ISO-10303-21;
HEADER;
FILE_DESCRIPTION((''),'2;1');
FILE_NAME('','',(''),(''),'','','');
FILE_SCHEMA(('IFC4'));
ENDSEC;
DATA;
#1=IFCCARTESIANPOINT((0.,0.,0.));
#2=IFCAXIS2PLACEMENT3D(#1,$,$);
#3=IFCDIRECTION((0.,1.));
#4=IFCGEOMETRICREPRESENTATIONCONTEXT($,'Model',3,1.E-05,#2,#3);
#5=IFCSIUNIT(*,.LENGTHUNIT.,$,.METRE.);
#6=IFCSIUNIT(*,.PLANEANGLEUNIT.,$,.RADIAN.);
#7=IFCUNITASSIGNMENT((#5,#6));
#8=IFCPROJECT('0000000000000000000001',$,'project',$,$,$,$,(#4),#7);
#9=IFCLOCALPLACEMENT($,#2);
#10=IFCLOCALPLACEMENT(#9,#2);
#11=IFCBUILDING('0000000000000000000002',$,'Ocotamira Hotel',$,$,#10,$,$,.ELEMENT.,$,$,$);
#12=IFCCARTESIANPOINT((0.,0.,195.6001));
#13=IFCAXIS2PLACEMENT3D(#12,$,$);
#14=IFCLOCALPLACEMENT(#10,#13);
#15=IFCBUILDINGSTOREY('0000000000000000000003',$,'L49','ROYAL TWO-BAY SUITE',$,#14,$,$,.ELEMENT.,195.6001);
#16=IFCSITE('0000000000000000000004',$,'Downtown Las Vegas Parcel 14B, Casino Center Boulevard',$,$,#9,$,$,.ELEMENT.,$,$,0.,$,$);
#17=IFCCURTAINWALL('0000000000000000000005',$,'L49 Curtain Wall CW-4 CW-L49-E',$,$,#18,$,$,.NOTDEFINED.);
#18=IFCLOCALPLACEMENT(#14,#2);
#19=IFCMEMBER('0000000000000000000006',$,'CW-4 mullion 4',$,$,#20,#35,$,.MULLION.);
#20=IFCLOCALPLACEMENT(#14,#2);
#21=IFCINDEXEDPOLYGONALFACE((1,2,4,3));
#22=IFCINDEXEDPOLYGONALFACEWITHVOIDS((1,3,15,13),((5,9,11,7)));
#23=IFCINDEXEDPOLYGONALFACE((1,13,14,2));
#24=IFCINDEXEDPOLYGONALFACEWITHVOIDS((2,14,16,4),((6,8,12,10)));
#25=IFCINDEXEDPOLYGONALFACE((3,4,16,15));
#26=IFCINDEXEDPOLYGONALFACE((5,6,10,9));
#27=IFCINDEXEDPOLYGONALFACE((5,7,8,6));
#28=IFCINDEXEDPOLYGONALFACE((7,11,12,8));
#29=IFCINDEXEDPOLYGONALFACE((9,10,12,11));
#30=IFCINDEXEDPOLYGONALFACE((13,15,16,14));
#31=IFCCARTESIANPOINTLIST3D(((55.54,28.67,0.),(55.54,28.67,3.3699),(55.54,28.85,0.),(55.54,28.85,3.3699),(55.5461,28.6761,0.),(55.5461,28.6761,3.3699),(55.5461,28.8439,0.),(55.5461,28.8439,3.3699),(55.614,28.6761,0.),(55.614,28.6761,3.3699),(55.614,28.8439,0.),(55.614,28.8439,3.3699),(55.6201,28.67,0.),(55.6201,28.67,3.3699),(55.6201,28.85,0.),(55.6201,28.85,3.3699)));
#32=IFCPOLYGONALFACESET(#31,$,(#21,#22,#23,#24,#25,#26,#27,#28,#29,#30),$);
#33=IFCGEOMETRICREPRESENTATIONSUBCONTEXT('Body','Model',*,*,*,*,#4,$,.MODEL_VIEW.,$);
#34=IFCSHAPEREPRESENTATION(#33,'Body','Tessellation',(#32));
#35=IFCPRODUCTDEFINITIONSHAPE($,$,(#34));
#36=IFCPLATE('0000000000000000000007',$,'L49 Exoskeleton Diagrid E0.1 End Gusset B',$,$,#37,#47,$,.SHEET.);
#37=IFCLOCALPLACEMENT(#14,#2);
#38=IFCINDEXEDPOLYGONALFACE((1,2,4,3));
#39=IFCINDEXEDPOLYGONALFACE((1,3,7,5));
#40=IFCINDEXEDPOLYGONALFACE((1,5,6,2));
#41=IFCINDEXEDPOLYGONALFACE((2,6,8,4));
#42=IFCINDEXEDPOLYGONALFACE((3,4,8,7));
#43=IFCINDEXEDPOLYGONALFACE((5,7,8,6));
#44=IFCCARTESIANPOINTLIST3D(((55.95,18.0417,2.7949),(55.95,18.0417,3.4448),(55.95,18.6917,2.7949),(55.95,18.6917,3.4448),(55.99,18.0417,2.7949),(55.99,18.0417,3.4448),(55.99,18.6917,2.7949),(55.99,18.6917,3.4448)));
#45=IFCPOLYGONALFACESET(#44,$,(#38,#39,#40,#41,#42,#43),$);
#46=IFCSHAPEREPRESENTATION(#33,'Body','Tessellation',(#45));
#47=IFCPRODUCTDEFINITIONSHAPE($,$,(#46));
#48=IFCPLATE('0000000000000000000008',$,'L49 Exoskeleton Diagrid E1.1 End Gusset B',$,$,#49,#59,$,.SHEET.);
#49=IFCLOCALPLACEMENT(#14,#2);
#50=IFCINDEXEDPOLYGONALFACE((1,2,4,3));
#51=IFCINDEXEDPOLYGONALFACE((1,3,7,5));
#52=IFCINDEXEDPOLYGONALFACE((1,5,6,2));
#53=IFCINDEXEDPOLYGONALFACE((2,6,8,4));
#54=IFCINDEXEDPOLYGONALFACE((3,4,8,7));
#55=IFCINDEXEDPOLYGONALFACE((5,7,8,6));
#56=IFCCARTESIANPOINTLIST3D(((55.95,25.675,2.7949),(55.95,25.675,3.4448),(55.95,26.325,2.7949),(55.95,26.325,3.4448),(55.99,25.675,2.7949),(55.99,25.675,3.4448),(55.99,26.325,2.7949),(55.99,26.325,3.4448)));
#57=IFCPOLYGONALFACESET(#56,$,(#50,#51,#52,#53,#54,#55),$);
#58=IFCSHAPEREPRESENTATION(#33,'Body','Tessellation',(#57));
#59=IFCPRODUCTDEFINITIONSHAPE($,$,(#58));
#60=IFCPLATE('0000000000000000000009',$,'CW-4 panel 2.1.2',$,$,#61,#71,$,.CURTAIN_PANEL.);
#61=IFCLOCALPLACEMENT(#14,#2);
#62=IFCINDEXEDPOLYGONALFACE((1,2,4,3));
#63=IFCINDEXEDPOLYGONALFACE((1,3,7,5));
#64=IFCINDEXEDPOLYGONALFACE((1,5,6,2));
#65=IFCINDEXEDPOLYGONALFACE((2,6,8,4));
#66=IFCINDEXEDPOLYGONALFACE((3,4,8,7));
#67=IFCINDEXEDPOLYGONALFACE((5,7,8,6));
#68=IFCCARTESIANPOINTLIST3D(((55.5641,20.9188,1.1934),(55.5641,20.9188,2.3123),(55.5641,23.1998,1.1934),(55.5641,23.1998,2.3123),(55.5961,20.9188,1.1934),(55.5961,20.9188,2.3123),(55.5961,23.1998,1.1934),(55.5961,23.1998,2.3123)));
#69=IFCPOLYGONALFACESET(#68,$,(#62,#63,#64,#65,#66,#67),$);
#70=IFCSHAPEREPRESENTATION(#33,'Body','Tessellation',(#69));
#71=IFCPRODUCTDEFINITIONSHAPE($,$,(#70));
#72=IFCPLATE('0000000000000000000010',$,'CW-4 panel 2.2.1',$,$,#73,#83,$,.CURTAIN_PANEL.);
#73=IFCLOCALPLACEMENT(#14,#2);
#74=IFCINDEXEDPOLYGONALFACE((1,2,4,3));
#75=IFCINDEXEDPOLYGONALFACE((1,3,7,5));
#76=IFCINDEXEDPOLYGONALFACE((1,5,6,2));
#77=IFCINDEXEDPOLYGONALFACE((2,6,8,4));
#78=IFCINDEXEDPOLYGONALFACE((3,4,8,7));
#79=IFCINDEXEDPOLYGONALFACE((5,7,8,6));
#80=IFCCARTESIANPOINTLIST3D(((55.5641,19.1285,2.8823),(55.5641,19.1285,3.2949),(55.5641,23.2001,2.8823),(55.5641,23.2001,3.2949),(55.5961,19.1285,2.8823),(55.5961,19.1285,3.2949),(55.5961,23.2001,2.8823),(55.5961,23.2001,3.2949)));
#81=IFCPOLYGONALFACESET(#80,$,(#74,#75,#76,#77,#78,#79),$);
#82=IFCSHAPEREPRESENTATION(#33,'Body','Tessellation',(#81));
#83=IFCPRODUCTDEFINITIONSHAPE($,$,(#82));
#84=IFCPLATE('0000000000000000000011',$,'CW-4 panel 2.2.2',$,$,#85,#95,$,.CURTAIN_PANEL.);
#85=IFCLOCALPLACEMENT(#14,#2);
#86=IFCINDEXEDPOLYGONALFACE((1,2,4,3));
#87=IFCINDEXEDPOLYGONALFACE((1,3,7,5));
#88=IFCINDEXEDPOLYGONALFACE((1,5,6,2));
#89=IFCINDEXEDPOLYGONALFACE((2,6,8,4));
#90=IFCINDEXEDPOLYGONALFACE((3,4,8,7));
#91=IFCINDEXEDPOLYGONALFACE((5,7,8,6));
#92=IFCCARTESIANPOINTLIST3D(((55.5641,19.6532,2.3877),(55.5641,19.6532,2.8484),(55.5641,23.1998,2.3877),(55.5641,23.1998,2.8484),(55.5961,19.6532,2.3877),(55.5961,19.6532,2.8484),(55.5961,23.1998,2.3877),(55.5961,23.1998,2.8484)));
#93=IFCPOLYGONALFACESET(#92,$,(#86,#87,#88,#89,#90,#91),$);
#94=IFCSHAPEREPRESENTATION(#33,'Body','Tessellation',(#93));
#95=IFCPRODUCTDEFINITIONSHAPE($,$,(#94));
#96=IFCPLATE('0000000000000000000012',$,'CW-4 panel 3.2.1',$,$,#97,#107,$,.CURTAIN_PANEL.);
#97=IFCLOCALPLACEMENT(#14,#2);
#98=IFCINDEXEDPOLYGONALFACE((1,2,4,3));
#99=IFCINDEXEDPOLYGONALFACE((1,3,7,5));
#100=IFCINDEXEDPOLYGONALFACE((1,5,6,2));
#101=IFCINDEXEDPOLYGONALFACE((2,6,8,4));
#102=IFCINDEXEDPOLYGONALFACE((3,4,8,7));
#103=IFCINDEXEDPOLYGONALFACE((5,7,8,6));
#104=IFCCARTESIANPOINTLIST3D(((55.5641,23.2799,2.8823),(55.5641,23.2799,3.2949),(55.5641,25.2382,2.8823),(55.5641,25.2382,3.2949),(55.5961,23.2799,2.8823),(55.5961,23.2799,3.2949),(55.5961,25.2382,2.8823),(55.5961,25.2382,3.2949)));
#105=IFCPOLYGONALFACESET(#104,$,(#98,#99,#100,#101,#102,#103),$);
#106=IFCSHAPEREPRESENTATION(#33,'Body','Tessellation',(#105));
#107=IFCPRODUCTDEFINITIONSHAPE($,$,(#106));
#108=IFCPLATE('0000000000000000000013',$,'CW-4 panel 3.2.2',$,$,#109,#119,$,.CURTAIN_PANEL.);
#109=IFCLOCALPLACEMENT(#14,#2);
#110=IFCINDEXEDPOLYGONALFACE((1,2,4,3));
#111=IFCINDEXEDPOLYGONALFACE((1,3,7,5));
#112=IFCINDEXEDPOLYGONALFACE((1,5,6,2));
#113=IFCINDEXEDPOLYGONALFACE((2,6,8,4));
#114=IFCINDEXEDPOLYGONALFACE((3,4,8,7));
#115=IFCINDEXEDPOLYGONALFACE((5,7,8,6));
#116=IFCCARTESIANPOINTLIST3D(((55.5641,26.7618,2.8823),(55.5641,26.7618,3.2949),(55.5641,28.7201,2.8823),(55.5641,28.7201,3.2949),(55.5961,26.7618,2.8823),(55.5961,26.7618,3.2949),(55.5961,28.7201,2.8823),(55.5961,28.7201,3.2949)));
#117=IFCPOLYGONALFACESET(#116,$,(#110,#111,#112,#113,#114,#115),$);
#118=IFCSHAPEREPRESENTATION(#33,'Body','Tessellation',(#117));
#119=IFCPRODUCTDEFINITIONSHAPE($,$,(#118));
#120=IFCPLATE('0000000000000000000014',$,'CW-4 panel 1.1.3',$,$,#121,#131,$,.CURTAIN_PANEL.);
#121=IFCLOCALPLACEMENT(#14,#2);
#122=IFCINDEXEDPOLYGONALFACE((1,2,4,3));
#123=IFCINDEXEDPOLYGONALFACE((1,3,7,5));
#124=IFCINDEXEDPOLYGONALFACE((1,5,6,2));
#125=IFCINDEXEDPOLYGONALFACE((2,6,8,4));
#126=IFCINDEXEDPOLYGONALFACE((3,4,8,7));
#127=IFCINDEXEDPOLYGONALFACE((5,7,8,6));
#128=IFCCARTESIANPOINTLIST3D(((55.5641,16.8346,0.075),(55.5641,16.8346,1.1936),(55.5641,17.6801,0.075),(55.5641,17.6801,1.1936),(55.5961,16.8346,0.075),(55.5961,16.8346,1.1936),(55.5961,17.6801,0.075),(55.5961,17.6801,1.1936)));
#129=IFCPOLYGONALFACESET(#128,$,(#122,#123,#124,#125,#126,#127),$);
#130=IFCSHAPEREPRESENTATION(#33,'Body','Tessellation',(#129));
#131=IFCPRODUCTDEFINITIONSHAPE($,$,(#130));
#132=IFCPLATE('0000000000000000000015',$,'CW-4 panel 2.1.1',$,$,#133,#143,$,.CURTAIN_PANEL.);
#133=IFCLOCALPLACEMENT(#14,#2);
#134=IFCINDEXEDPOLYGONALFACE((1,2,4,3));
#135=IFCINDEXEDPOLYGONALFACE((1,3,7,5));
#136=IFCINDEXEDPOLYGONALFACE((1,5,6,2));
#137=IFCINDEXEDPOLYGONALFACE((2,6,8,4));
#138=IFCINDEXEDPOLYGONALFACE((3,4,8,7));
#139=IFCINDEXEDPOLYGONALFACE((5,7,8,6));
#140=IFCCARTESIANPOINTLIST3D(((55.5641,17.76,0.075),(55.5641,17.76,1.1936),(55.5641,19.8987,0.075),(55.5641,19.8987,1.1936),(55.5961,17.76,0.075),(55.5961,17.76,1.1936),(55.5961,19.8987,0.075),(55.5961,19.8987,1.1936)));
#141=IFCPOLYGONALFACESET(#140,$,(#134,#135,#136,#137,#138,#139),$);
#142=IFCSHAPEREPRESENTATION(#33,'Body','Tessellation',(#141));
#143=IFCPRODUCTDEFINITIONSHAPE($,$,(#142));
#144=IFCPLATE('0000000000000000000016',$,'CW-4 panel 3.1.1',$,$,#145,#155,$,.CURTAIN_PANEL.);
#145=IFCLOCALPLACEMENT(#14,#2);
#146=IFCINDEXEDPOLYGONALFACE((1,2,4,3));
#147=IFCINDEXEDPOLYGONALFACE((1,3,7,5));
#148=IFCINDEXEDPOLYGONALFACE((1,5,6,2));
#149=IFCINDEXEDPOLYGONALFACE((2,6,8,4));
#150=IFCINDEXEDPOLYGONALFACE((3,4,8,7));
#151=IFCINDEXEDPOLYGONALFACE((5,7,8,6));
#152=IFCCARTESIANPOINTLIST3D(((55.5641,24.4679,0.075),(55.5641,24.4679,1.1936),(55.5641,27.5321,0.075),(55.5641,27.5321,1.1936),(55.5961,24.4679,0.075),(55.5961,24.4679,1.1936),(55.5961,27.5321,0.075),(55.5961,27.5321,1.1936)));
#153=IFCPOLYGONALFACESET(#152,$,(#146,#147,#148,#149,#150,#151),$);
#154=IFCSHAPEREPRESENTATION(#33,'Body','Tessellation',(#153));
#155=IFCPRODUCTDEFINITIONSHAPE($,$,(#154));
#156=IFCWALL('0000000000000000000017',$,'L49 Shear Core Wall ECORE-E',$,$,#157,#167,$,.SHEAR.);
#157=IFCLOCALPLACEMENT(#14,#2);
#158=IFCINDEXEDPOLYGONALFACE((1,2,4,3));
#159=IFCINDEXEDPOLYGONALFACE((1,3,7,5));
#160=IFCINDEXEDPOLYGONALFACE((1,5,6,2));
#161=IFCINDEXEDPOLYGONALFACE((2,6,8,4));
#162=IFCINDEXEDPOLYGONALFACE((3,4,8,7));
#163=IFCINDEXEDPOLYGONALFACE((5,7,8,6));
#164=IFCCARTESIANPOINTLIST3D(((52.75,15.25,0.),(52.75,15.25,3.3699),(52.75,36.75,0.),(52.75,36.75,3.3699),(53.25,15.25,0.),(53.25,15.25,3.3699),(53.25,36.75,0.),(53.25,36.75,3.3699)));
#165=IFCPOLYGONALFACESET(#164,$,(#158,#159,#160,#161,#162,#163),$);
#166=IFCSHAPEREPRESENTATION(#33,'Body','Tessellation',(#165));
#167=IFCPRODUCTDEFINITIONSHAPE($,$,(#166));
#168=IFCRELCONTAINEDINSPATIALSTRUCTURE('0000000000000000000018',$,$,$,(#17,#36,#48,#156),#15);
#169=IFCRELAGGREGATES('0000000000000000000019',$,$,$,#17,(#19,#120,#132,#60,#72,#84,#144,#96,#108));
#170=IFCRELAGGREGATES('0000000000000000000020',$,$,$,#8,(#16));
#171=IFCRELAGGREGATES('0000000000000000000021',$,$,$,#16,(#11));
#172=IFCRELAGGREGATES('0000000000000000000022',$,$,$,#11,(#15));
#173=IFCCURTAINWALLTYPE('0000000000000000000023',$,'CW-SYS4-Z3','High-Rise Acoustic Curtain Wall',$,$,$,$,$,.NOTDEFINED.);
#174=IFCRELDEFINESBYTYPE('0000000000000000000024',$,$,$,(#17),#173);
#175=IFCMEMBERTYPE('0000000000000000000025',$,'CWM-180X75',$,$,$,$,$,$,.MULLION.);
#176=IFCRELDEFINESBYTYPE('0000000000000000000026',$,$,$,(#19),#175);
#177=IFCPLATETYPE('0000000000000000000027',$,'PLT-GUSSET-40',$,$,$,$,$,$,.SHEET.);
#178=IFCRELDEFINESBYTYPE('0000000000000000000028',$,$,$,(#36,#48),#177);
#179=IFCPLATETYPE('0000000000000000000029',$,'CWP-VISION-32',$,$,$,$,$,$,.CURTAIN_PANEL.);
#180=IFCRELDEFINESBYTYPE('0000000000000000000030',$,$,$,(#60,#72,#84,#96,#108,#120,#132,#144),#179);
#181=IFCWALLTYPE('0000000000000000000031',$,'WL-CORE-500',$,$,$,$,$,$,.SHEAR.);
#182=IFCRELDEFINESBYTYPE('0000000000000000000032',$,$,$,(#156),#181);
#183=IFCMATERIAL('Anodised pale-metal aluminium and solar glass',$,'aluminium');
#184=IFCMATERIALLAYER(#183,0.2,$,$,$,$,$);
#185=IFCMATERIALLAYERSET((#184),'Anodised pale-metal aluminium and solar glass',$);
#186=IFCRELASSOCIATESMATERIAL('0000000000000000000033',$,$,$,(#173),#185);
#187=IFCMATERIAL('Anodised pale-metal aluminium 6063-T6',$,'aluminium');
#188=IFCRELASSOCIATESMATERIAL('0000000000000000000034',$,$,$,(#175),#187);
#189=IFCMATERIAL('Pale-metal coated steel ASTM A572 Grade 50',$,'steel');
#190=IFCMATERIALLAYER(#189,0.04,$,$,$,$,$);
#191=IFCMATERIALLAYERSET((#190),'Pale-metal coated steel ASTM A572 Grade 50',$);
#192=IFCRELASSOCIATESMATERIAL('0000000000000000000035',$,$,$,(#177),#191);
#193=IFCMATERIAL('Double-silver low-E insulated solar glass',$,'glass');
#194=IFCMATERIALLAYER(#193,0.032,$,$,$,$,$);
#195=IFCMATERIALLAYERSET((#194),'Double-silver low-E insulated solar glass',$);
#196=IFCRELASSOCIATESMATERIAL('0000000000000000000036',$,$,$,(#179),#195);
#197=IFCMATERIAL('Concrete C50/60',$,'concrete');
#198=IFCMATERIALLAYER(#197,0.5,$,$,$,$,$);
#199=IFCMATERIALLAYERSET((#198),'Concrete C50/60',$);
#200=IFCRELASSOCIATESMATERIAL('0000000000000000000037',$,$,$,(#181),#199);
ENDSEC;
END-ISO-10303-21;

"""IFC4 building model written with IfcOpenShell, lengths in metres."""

from ifc_helpers import new_model, si_unit, direction, frame, frame_2d, origin, origin_2d, place, context, subcontext, project, spatial, rectangle, hollow_rectangle, extrude, source, transform, mapped, material, layer, layer_set, material_profile, profile_set, type_object, element, aggregate, save


model = new_model("IFC4")

# Units and contexts
model_context = context("Model", 3, precision=1e-05, world=origin(), true_north=direction((0.0, 1.0)))
body_context = subcontext(model_context, "Body", "Model", "MODEL_VIEW")
ifc_project = project(units=[si_unit("LENGTHUNIT", "METRE"), si_unit("PLANEANGLEUNIT", "RADIAN")], contexts=[model_context])

# Site, building, storey
site_placement = place(None, origin())
site = spatial("IfcSite", under=ifc_project, at=site_placement, Name="Downtown Las Vegas Parcel 14B, Casino Center Boulevard", CompositionType="ELEMENT", RefElevation=0.0)
building_placement = place(site_placement, origin())
building = spatial("IfcBuilding", under=site, at=building_placement, Name="Ocotamira Hotel", CompositionType="ELEMENT")
storey_placement = place(building_placement, frame((0.0, 0.0, 195.6001)))
storey = spatial("IfcBuildingStorey", under=building, at=storey_placement, Name="L49", Description="ROYAL TWO-BAY SUITE", CompositionType="ELEMENT", Elevation=195.6001)

# Curtain wall, member
ifc_material_1 = material(Name="Anodised pale-metal aluminium and solar glass", Category="aluminium")
ifc_layer_1 = layer(ifc_material_1, 0.2)
ifc_layer_set_1 = layer_set([ifc_layer_1], Name="Anodised pale-metal aluminium and solar glass")
curtain_wall_type = type_object("IfcCurtainWallType", Name="CW-SYS4-Z3", Description="High-Rise Acoustic Curtain Wall", PredefinedType="NOTDEFINED", material=ifc_layer_set_1)
curtain_wall_placement = place(storey_placement, origin())
curtain_wall = element("IfcCurtainWall", 1, at=curtain_wall_placement, inside=storey, type_object=curtain_wall_type, Name="L49 Curtain Wall CW-4 CW-L49-E", PredefinedType="NOTDEFINED")
ifc_material_2 = material(Name="Anodised pale-metal aluminium 6063-T6", Category="aluminium")
ifc_material_profile_1 = material_profile(ifc_material_2, hollow_rectangle(XDim=0.0801, YDim=0.1799, WallThickness=0.0061, at=origin_2d()), Name="HSS180X80X6")
ifc_profile_set_1 = profile_set([ifc_material_profile_1], Name="Anodised pale-metal aluminium 6063-T6")
member_type_1 = type_object("IfcMemberType", Name="CWM-180X75", PredefinedType="MULLION", material=ifc_profile_set_1)
shared_shape_1 = source(origin(), body_context, "Body", "SweptSolid", [
    extrude(hollow_rectangle(XDim=0.0801, YDim=0.1799, WallThickness=0.0061, at=origin_2d()), origin(), (0.0, 0.0, 1.0), 3.3699),
])
member_1_placement = place(storey_placement, frame((55.5801, 28.76, 0.0), z_axis=(0.0, 0.0, 1.0), x_axis=(-1.0, 0.0, 0.0)))
member_1 = element("IfcMember", 2, at=member_1_placement, type_object=member_type_1, Name="CW-4 mullion 4", PredefinedType="MULLION", context=body_context, shape_type="MappedRepresentation", body=[
    mapped(shared_shape_1, transform((0.0, 0.0, 0.0), scale=1.0)),
])

# Plates
ifc_material_3 = material(Name="Pale-metal coated steel ASTM A572 Grade 50", Category="steel")
ifc_layer_2 = layer(ifc_material_3, 0.04)
ifc_layer_set_2 = layer_set([ifc_layer_2], Name="Pale-metal coated steel ASTM A572 Grade 50")
plate_type_1 = type_object("IfcPlateType", Name="PLT-GUSSET-40", PredefinedType="SHEET", material=ifc_layer_set_2)
shared_shape_2 = source(origin(), body_context, "Body", "SweptSolid", [
    extrude(rectangle(XDim=0.04, YDim=0.6499, at=origin_2d()), origin(), (0.0, 0.0, 1.0), 0.6499),
])
for number, where, z_axis, x_axis, name in (
    (3, (55.97, 18.3667, 2.7949), (0.0, 0.0, 1.0), (1.0, 0.0, 0.0), "L49 Exoskeleton Diagrid E0.1 End Gusset B"),
    (4, (55.97, 26.0, 2.7949), (0.0, 0.0, 1.0), (1.0, 0.0, 0.0), "L49 Exoskeleton Diagrid E1.1 End Gusset B"),
):
    element("IfcPlate", number, at=place(storey_placement, frame(where, z_axis=z_axis, x_axis=x_axis)), inside=storey, type_object=plate_type_1, Name=name, PredefinedType="SHEET", context=body_context, shape_type="MappedRepresentation", body=[
        mapped(shared_shape_2, transform((0.0, 0.0, 0.0), scale=1.0)),
    ])

# Plates
ifc_material_4 = material(Name="Double-silver low-E insulated solar glass", Category="glass")
ifc_layer_3 = layer(ifc_material_4, 0.032)
ifc_layer_set_3 = layer_set([ifc_layer_3], Name="Double-silver low-E insulated solar glass")
plate_type_2 = type_object("IfcPlateType", Name="CWP-VISION-32", PredefinedType="CURTAIN_PANEL", material=ifc_layer_set_3)
shared_shape_3 = source(origin(), body_context, "Body", "SweptSolid", [
    extrude(rectangle(XDim=2.281, YDim=0.032, at=origin_2d()), origin(), (0.0, 0.0, 1.0), 1.1189),
])
plate_1_placement = place(storey_placement, frame((55.5801, 22.0593, 1.1934), z_axis=(0.0, 0.0, 1.0), x_axis=(0.0, 1.0, 0.0)))
plate_1 = element("IfcPlate", 5, at=plate_1_placement, type_object=plate_type_2, Name="CW-4 panel 2.1.2", PredefinedType="CURTAIN_PANEL", context=body_context, shape_type="MappedRepresentation", body=[
    mapped(shared_shape_3, transform((0.0, 0.0, 0.0), scale=1.0)),
])
shared_shape_4 = source(origin(), body_context, "Body", "SweptSolid", [
    extrude(rectangle(XDim=4.0715, YDim=0.032, at=origin_2d()), origin(), (0.0, 0.0, 1.0), 0.4126),
])
plate_2_placement = place(storey_placement, frame((55.5801, 21.1643, 2.8823), z_axis=(0.0, 0.0, 1.0), x_axis=(0.0, 1.0, 0.0)))
plate_2 = element("IfcPlate", 6, at=plate_2_placement, type_object=plate_type_2, Name="CW-4 panel 2.2.1", PredefinedType="CURTAIN_PANEL", context=body_context, shape_type="MappedRepresentation", body=[
    mapped(shared_shape_4, transform((0.0, 0.0, 0.0), scale=1.0)),
])
shared_shape_5 = source(origin(), body_context, "Body", "SweptSolid", [
    extrude(rectangle(XDim=3.5466, YDim=0.032, at=origin_2d()), origin(), (0.0, 0.0, 1.0), 0.4607),
])
plate_3_placement = place(storey_placement, frame((55.5801, 21.4265, 2.3877), z_axis=(0.0, 0.0, 1.0), x_axis=(0.0, 1.0, 0.0)))
plate_3 = element("IfcPlate", 7, at=plate_3_placement, type_object=plate_type_2, Name="CW-4 panel 2.2.2", PredefinedType="CURTAIN_PANEL", context=body_context, shape_type="MappedRepresentation", body=[
    mapped(shared_shape_5, transform((0.0, 0.0, 0.0), scale=1.0)),
])
shared_shape_6 = source(origin(), body_context, "Body", "SweptSolid", [
    extrude(rectangle(XDim=1.9583, YDim=0.032, at=origin_2d()), origin(), (0.0, 0.0, 1.0), 0.4126),
])
plate_4_placement = place(storey_placement, frame((55.5801, 24.259, 2.8823), z_axis=(0.0, 0.0, 1.0), x_axis=(0.0, 1.0, 0.0)))
plate_4 = element("IfcPlate", 8, at=plate_4_placement, type_object=plate_type_2, Name="CW-4 panel 3.2.1", PredefinedType="CURTAIN_PANEL", context=body_context, shape_type="MappedRepresentation", body=[
    mapped(shared_shape_6, transform((0.0, 0.0, 0.0), scale=1.0)),
])
plate_5_placement = place(storey_placement, frame((55.5801, 27.741, 2.8823), z_axis=(0.0, 0.0, 1.0), x_axis=(0.0, 1.0, 0.0)))
plate_5 = element("IfcPlate", 9, at=plate_5_placement, type_object=plate_type_2, Name="CW-4 panel 3.2.2", PredefinedType="CURTAIN_PANEL", context=body_context, shape_type="MappedRepresentation", body=[
    mapped(shared_shape_6, transform((0.0, 0.0, 0.0), scale=1.0)),
])
shared_shape_7 = source(origin(), body_context, "Body", "SweptSolid", [
    extrude(rectangle(XDim=0.8455, YDim=0.032, at=origin_2d()), origin(), (0.0, 0.0, 1.0), 1.1187),
])
plate_6_placement = place(storey_placement, frame((55.5801, 17.2573, 0.075), z_axis=(0.0, 0.0, 1.0), x_axis=(0.0, 1.0, 0.0)))
plate_6 = element("IfcPlate", 10, at=plate_6_placement, type_object=plate_type_2, Name="CW-4 panel 1.1.3", PredefinedType="CURTAIN_PANEL", context=body_context, shape_type="MappedRepresentation", body=[
    mapped(shared_shape_7, transform((0.0, 0.0, 0.0), scale=1.0)),
])
shared_shape_8 = source(origin(), body_context, "Body", "SweptSolid", [
    extrude(rectangle(XDim=2.1387, YDim=0.032, at=origin_2d()), origin(), (0.0, 0.0, 1.0), 1.1187),
])
plate_7_placement = place(storey_placement, frame((55.5801, 18.8293, 0.075), z_axis=(0.0, 0.0, 1.0), x_axis=(0.0, 1.0, 0.0)))
plate_7 = element("IfcPlate", 11, at=plate_7_placement, type_object=plate_type_2, Name="CW-4 panel 2.1.1", PredefinedType="CURTAIN_PANEL", context=body_context, shape_type="MappedRepresentation", body=[
    mapped(shared_shape_8, transform((0.0, 0.0, 0.0), scale=1.0)),
])
shared_shape_9 = source(origin(), body_context, "Body", "SweptSolid", [
    extrude(rectangle(XDim=3.0642, YDim=0.032, at=origin_2d()), origin(), (0.0, 0.0, 1.0), 1.1187),
])
plate_8_placement = place(storey_placement, frame((55.5801, 26.0, 0.075), z_axis=(0.0, 0.0, 1.0), x_axis=(0.0, 1.0, 0.0)))
plate_8 = element("IfcPlate", 12, at=plate_8_placement, type_object=plate_type_2, Name="CW-4 panel 3.1.1", PredefinedType="CURTAIN_PANEL", context=body_context, shape_type="MappedRepresentation", body=[
    mapped(shared_shape_9, transform((0.0, 0.0, 0.0), scale=1.0)),
])
aggregate(curtain_wall, [member_1, plate_6, plate_7, plate_1, plate_2, plate_3, plate_8, plate_4, plate_5])

# Wall
ifc_material_5 = material(Name="Concrete C50/60", Category="concrete")
ifc_layer_4 = layer(ifc_material_5, 0.5)
ifc_layer_set_4 = layer_set([ifc_layer_4], Name="Concrete C50/60")
wall_type_1 = type_object("IfcWallType", Name="WL-CORE-500", PredefinedType="SHEAR", material=ifc_layer_set_4)
wall_1_placement = place(storey_placement, frame((53.0, 15.25, 0.0), z_axis=(0.0, 0.0, 1.0), x_axis=(0.0, 1.0, 0.0)))
element("IfcWall", 13, at=wall_1_placement, inside=storey, type_object=wall_type_1, Name="L49 Shear Core Wall ECORE-E", PredefinedType="SHEAR", context=body_context, shape_type="SweptSolid", body=[
    extrude(rectangle(XDim=21.5, YDim=0.5, at=frame_2d((10.75, 0.0))), origin(), (0.0, 0.0, 1.0), 3.3699),
])

save(model, "model.ifc")
